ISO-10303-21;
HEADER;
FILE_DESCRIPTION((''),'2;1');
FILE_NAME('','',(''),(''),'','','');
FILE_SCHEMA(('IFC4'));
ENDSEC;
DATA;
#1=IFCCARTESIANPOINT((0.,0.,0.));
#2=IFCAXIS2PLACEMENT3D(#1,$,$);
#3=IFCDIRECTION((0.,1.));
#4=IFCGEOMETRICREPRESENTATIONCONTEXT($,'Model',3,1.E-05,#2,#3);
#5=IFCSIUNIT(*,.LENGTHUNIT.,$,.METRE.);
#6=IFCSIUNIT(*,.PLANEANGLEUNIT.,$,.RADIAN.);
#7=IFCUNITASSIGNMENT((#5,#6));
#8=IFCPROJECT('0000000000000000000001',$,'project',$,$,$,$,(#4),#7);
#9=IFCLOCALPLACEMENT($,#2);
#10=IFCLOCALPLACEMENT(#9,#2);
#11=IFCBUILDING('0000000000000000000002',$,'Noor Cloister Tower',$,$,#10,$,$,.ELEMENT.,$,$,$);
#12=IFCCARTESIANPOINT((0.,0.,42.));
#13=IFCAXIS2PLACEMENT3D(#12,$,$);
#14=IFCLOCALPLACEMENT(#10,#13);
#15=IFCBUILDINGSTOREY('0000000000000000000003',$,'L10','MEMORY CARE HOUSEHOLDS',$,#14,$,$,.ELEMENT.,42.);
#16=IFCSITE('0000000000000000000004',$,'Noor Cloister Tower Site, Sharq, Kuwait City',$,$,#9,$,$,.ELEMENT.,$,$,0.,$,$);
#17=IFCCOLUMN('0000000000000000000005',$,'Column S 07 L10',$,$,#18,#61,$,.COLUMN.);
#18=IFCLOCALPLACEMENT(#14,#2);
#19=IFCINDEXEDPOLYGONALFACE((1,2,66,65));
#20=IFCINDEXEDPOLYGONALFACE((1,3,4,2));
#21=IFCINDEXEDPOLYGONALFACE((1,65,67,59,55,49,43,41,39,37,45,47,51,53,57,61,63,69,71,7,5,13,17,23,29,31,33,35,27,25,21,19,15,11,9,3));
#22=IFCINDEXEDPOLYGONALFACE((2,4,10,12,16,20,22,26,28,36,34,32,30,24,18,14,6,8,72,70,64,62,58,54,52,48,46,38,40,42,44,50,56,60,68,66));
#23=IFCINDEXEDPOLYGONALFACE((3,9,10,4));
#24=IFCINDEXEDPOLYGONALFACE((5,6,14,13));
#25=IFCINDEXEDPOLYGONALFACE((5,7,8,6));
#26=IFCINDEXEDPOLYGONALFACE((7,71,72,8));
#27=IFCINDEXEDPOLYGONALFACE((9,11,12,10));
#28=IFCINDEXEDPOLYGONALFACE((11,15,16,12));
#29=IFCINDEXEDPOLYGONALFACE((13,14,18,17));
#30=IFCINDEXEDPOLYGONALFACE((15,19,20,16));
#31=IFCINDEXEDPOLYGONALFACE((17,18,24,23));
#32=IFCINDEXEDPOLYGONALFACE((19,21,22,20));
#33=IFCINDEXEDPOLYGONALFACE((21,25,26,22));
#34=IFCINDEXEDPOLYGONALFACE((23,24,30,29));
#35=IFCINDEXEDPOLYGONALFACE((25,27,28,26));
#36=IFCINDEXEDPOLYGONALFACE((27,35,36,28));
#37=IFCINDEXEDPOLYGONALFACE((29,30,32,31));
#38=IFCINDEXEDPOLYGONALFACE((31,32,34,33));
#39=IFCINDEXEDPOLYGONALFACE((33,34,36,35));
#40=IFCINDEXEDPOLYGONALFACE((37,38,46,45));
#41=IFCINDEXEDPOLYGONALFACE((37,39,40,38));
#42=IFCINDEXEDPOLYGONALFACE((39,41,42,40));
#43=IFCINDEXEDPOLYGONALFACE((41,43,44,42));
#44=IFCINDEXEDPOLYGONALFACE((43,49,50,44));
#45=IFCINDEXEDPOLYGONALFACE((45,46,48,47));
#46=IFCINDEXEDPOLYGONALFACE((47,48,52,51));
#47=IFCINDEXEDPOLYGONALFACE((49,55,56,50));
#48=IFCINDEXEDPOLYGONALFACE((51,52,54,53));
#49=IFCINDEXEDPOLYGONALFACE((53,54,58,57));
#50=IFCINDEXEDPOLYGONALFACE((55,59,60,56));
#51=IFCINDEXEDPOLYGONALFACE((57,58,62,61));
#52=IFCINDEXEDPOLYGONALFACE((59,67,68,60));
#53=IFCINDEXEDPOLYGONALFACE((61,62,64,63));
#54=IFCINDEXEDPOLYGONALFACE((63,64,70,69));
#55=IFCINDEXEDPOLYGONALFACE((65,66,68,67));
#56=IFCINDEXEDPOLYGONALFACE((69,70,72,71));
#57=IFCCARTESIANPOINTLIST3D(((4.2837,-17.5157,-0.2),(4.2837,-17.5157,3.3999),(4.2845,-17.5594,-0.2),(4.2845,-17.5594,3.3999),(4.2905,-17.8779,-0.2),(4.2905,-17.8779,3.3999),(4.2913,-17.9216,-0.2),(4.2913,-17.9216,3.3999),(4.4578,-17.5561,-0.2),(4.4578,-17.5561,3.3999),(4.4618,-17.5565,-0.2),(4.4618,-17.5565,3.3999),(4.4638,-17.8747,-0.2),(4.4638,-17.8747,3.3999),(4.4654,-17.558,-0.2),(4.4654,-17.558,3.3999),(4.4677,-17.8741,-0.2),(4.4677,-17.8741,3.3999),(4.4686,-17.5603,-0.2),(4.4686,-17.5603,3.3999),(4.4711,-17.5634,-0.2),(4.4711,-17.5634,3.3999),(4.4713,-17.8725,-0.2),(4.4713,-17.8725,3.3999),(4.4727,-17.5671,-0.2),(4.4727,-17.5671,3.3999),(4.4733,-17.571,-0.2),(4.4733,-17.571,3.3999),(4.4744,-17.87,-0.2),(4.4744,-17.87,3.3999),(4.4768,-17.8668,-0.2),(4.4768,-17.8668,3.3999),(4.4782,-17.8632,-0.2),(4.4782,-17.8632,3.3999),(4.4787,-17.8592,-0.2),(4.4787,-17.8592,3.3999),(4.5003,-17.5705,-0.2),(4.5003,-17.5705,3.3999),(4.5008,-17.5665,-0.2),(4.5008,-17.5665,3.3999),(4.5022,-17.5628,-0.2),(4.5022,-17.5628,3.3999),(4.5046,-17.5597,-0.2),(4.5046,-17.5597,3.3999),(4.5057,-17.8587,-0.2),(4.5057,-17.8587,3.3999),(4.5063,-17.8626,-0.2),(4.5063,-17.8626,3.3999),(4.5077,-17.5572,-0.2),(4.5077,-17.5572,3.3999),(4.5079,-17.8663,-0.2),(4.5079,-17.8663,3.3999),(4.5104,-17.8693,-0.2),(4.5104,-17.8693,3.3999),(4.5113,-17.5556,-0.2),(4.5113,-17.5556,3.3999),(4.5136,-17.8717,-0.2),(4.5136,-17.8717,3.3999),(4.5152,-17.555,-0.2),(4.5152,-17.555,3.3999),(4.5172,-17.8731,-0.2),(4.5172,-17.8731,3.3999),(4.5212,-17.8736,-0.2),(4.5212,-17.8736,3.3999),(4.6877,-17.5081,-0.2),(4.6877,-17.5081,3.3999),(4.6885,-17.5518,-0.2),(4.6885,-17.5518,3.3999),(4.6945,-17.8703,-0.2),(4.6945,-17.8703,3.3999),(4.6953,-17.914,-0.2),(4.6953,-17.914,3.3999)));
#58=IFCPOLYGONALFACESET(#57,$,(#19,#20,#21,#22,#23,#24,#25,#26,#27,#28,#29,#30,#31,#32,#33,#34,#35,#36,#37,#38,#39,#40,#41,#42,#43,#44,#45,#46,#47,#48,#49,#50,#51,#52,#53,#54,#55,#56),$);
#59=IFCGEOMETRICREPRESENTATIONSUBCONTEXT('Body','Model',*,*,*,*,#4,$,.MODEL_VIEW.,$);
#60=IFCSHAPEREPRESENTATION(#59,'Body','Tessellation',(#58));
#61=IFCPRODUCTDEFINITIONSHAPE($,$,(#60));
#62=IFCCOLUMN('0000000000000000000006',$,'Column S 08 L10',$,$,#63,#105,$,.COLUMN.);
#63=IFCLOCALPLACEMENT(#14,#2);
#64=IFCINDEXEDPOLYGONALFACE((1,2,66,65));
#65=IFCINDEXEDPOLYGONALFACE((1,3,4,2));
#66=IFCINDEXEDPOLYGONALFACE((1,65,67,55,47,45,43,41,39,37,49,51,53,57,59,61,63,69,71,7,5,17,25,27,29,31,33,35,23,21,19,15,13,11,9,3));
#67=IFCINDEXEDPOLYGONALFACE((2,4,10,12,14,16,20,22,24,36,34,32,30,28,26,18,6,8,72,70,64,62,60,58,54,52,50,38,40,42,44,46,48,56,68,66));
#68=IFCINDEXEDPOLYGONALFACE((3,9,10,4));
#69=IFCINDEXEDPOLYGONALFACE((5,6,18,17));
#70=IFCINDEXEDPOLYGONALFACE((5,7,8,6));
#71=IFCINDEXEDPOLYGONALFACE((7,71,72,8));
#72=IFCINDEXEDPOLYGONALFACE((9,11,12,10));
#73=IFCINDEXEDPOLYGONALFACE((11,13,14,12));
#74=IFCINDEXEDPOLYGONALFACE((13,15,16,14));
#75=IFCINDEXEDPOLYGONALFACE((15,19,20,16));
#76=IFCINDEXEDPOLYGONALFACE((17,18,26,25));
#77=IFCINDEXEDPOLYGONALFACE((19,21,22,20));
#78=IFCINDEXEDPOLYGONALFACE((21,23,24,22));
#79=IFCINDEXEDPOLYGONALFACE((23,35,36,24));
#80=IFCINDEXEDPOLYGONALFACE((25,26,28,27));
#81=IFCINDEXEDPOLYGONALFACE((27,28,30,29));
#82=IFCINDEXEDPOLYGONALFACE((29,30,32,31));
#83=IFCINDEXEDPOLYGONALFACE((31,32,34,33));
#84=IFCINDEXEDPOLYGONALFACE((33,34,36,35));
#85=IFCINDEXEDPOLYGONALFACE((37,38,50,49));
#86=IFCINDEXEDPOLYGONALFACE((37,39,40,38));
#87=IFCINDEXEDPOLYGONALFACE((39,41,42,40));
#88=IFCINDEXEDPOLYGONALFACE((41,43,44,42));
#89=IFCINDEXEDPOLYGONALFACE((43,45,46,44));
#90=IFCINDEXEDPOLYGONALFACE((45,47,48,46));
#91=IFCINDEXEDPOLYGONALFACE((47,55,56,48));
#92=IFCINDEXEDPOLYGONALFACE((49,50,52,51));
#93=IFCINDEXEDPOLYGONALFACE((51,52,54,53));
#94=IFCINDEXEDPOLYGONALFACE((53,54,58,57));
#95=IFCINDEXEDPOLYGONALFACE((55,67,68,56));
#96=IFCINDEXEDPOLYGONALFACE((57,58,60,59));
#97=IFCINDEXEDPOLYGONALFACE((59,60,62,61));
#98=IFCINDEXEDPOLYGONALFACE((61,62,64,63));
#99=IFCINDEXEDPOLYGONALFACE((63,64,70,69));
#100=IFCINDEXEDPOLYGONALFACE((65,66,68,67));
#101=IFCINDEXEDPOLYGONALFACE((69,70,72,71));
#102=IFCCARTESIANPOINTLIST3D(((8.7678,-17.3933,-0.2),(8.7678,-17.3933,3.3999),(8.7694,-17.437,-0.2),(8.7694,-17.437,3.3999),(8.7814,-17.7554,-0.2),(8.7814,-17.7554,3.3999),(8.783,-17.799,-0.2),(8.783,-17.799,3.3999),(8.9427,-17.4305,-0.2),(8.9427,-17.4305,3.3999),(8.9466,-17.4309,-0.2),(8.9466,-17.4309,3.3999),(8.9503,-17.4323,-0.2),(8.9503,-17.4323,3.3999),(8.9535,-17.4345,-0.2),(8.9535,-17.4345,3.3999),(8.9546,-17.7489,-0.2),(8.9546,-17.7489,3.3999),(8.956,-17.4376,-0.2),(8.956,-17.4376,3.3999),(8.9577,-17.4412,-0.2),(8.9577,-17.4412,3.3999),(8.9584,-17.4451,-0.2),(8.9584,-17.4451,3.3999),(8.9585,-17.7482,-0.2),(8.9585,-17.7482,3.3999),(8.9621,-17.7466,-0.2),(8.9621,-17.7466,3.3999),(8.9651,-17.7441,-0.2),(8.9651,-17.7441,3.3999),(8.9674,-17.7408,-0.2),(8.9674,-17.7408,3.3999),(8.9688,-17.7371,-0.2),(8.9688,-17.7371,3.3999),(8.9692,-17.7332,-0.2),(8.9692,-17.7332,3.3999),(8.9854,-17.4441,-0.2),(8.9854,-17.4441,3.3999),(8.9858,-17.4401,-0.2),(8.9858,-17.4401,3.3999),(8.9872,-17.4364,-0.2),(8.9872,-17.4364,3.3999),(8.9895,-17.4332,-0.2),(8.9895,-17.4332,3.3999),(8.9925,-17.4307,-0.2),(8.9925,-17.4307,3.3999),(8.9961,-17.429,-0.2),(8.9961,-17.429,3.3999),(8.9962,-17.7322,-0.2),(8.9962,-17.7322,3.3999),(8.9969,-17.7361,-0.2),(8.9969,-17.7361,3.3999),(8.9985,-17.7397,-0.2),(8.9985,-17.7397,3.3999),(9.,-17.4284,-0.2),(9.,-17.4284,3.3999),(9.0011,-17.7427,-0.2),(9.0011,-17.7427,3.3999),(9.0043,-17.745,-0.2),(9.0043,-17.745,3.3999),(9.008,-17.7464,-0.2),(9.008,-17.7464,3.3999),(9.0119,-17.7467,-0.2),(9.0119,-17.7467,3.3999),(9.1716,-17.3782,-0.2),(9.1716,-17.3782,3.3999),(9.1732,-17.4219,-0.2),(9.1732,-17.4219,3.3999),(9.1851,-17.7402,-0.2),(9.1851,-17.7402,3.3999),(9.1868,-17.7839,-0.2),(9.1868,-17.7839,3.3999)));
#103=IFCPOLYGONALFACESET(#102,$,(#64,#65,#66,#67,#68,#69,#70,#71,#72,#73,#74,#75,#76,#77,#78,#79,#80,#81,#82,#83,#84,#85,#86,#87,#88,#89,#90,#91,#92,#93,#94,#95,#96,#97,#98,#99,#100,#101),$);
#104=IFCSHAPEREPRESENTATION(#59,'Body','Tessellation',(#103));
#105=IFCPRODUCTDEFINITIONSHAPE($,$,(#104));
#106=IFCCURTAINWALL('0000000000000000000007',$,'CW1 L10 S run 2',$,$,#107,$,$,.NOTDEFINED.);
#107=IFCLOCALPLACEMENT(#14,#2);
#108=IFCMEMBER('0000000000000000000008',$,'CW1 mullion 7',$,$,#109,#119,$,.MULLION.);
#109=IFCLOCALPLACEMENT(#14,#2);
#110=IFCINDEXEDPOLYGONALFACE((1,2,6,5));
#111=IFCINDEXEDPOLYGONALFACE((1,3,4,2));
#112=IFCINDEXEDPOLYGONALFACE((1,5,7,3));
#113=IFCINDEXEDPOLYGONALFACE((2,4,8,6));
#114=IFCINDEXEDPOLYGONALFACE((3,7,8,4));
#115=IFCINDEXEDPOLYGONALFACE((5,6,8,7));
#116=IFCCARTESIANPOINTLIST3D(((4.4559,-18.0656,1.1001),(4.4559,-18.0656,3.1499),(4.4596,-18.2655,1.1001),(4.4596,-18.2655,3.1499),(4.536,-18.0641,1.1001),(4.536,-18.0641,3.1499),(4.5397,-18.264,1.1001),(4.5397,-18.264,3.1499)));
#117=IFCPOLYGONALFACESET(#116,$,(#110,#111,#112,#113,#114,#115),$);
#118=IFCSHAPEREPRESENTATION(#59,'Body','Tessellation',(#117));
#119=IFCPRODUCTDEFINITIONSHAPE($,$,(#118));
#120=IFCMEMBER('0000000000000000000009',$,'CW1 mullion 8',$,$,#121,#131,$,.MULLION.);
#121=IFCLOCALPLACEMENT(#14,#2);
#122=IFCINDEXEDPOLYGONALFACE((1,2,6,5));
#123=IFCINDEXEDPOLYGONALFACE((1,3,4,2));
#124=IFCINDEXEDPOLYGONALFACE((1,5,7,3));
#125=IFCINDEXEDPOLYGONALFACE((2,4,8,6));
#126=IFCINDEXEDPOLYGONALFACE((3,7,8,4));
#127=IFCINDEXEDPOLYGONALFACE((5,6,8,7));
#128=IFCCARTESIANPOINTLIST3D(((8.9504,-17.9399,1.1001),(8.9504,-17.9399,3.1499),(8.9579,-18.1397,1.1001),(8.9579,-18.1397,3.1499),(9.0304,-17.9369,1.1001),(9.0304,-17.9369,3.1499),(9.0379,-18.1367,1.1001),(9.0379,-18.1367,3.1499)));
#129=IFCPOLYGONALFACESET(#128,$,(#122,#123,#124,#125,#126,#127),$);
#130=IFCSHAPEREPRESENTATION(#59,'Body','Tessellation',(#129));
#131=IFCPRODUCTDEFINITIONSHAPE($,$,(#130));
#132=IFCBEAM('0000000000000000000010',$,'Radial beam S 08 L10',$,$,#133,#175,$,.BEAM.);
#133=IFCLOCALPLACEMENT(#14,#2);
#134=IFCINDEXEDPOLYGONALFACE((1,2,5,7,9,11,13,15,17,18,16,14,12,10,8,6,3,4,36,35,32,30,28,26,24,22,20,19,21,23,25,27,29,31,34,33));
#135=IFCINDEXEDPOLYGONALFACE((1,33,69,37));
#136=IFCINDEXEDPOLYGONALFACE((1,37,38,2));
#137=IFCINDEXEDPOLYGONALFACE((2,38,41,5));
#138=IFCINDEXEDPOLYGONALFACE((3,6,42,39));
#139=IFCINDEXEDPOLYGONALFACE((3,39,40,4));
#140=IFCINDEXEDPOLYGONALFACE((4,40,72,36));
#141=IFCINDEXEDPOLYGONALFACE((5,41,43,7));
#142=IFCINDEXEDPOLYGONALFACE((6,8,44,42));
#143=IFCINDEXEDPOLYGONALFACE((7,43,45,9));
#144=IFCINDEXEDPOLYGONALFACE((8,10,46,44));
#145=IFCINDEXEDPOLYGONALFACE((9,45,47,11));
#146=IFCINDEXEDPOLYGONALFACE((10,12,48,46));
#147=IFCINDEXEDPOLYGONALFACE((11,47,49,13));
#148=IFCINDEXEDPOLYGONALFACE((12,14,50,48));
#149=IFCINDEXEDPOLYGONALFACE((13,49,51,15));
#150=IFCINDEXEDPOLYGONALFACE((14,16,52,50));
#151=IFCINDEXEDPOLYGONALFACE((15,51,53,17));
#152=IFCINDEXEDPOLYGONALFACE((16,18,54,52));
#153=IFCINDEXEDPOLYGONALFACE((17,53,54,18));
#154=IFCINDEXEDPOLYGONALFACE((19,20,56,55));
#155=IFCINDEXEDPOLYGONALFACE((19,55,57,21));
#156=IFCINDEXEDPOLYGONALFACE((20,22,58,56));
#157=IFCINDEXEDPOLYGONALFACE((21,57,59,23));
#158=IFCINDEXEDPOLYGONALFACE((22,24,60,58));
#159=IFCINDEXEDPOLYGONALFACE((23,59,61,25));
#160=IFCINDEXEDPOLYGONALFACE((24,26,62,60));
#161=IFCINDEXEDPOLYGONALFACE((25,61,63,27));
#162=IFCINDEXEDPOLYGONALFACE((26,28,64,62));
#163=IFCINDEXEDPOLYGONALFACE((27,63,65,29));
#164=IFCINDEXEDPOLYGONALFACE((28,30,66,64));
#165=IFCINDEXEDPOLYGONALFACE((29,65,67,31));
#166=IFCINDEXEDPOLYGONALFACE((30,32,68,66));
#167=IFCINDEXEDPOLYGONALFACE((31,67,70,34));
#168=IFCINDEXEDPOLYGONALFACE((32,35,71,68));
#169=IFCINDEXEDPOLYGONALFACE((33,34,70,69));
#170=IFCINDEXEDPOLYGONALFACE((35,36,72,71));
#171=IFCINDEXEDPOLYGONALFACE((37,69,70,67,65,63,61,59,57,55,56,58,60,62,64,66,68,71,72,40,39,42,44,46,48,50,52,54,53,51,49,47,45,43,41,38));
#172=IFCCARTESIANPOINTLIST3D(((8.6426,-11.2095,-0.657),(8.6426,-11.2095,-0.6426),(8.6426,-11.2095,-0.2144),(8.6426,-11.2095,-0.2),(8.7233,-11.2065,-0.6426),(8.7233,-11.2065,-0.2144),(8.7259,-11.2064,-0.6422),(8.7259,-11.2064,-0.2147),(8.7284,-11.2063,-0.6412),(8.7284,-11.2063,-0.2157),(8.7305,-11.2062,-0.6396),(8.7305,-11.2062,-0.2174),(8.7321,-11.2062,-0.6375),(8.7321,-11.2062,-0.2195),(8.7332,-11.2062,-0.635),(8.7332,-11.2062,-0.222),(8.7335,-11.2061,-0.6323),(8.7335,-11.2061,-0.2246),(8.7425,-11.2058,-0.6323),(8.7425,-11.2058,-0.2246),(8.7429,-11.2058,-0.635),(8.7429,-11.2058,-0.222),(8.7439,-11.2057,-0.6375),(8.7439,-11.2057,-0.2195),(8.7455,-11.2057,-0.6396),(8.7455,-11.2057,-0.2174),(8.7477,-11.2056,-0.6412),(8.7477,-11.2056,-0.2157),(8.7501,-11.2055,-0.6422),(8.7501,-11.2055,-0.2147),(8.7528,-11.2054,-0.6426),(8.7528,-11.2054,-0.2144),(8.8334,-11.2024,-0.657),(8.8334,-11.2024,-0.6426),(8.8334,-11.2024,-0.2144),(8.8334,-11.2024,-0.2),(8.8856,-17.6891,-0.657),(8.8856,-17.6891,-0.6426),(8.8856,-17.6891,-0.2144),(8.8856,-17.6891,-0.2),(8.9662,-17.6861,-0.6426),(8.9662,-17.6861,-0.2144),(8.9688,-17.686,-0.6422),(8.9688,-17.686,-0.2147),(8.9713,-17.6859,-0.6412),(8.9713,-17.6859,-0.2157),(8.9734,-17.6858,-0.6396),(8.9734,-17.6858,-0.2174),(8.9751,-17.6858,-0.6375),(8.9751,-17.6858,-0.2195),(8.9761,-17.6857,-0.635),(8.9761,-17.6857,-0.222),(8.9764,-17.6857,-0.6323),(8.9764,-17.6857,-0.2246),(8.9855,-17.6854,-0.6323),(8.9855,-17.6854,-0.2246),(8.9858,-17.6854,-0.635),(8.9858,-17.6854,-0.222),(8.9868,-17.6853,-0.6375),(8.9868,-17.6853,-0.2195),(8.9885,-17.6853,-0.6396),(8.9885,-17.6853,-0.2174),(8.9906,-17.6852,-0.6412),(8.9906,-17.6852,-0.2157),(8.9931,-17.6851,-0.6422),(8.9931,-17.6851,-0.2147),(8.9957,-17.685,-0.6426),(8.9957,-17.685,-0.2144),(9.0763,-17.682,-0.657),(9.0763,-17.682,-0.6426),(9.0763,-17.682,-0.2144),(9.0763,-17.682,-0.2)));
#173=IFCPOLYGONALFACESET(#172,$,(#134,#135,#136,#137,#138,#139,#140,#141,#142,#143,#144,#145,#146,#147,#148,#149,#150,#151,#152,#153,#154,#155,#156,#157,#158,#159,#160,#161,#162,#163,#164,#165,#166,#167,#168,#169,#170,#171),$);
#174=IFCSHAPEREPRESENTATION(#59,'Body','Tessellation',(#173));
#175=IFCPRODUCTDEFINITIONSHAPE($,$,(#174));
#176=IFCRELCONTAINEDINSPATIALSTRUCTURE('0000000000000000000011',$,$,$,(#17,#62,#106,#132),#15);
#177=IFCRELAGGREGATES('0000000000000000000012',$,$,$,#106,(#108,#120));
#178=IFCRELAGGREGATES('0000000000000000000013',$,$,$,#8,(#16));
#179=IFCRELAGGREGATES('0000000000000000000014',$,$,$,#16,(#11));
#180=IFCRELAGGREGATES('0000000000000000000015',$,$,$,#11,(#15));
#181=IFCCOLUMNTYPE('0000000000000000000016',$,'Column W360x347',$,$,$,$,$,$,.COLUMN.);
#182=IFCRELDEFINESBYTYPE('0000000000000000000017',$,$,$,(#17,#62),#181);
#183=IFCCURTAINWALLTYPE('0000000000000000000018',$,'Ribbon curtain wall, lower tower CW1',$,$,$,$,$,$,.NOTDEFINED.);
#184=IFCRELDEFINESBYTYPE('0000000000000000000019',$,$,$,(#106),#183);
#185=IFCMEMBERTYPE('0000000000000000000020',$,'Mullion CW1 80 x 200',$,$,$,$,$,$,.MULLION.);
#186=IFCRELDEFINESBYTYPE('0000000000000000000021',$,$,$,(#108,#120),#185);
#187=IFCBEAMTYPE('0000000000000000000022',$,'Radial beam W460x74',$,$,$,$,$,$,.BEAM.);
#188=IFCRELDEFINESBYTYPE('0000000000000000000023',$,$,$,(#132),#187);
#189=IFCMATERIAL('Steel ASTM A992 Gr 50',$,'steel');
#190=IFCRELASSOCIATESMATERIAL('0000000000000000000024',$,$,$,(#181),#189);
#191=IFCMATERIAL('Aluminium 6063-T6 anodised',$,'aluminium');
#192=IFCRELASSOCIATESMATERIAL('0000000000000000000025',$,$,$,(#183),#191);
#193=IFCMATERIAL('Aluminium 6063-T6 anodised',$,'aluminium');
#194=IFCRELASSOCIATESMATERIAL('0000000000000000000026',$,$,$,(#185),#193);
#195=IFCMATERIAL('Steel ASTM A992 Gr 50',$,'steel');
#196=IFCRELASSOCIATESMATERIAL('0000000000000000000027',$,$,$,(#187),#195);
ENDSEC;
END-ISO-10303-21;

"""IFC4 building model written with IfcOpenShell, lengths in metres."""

from ifc_helpers import new_model, si_unit, direction, frame, origin, origin_2d, place, context, subcontext, project, spatial, rectangle, i_section, extrude, material, material_profile, profile_set, type_object, element, aggregate, save


model = new_model("IFC4")

# Units and contexts
model_context = context("Model", 3, precision=1e-05, world=origin(), true_north=direction((0.0, 1.0)))
body_context = subcontext(model_context, "Body", "Model", "MODEL_VIEW")
ifc_project = project(units=[si_unit("LENGTHUNIT", "METRE"), si_unit("PLANEANGLEUNIT", "RADIAN")], contexts=[model_context])

# Site, building, storey
site_placement = place(None, origin())
site = spatial("IfcSite", under=ifc_project, at=site_placement, Name="Noor Cloister Tower Site, Sharq, Kuwait City", CompositionType="ELEMENT", RefElevation=0.0)
building_placement = place(site_placement, origin())
building = spatial("IfcBuilding", under=site, at=building_placement, Name="Noor Cloister Tower", CompositionType="ELEMENT")
storey_placement = place(building_placement, frame((0.0, 0.0, 42.0)))
storey = spatial("IfcBuildingStorey", under=building, at=storey_placement, Name="L10", Description="MEMORY CARE HOUSEHOLDS", CompositionType="ELEMENT", Elevation=42.0)

# Columns
ifc_material_1 = material(Name="Steel ASTM A992 Gr 50", Category="steel")
ifc_material_profile_1 = material_profile(ifc_material_1, i_section(OverallWidth=0.4041, OverallDepth=0.406, WebThickness=0.0271, FlangeThickness=0.0437, FilletRadius=0.0151, at=origin_2d()), Name="W360x347")
ifc_profile_set_1 = profile_set([ifc_material_profile_1], Name="Steel ASTM A992 Gr 50")
column_type = type_object("IfcColumnType", Name="Column W360x347", PredefinedType="COLUMN", material=ifc_profile_set_1)
for number, where, z_axis, x_axis, name in (
    (1, (4.4895, -17.7148, -0.2), (0.0, 0.0, 1.0), (0.999825, 0.018726, 0.0), "Column S 07 L10"),
    (2, (8.9773, -17.5886, -0.2), (0.0, 0.0, 1.0), (0.999299, 0.037446, 0.0), "Column S 08 L10"),
):
    element("IfcColumn", number, at=place(storey_placement, frame(where, z_axis=z_axis, x_axis=x_axis)), inside=storey, type_object=column_type, Name=name, PredefinedType="COLUMN", context=body_context, shape_type="SweptSolid", body=[
        extrude(i_section(OverallWidth=0.4041, OverallDepth=0.406, WebThickness=0.0271, FlangeThickness=0.0437, FilletRadius=0.0151, at=origin_2d()), origin(), (0.0, 0.0, 1.0), 3.5999),
    ])

# Curtain wall, members
ifc_material_2 = material(Name="Aluminium 6063-T6 anodised", Category="aluminium")
curtain_wall_type = type_object("IfcCurtainWallType", Name="Ribbon curtain wall, lower tower CW1", PredefinedType="NOTDEFINED", material=ifc_material_2)
curtain_wall_placement = place(storey_placement, origin())
curtain_wall = element("IfcCurtainWall", 3, at=curtain_wall_placement, inside=storey, type_object=curtain_wall_type, Name="CW1 L10 S run 2", PredefinedType="NOTDEFINED")
ifc_material_3 = material(Name="Aluminium 6063-T6 anodised", Category="aluminium")
ifc_material_profile_2 = material_profile(ifc_material_3, rectangle(XDim=0.2, YDim=0.0801, at=origin_2d()), Name="200 x 80 mullion")
ifc_profile_set_2 = profile_set([ifc_material_profile_2], Name="Aluminium 6063-T6 anodised")
member_type = type_object("IfcMemberType", Name="Mullion CW1 80 x 200", PredefinedType="MULLION", material=ifc_profile_set_2)
member_1_placement = place(storey_placement, frame((4.4978, -18.1648, 1.1001), z_axis=(0.0, 0.0, 1.0), x_axis=(-0.018726, 0.999825, 0.0)))
member_1 = element("IfcMember", 4, at=member_1_placement, type_object=member_type, Name="CW1 mullion 7", PredefinedType="MULLION", context=body_context, shape_type="SweptSolid", body=[
    extrude(rectangle(XDim=0.2, YDim=0.0801, at=origin_2d()), origin(), (0.0, 0.0, 1.0), 2.0498),
])
member_2_placement = place(storey_placement, frame((8.9941, -18.0383, 1.1001), z_axis=(0.0, 0.0, 1.0), x_axis=(-0.037446, 0.999299, 0.0)))
member_2 = element("IfcMember", 5, at=member_2_placement, type_object=member_type, Name="CW1 mullion 8", PredefinedType="MULLION", context=body_context, shape_type="SweptSolid", body=[
    extrude(rectangle(XDim=0.2, YDim=0.0801, at=origin_2d()), origin(), (0.0, 0.0, 1.0), 2.0498),
])

# Beam
ifc_material_4 = material(Name="Steel ASTM A992 Gr 50", Category="steel")
ifc_material_profile_3 = material_profile(ifc_material_4, i_section(OverallWidth=0.1909, OverallDepth=0.457, WebThickness=0.009, FlangeThickness=0.0144, FilletRadius=0.0103, at=origin_2d()), Name="W460x74")
ifc_profile_set_3 = profile_set([ifc_material_profile_3], Name="Steel ASTM A992 Gr 50")
beam_type_1 = type_object("IfcBeamType", Name="Radial beam W460x74", PredefinedType="BEAM", material=ifc_profile_set_3)
beam_1_placement = place(storey_placement, frame((8.981, -17.6855, -0.4285), z_axis=(-0.037464, 0.999298, 0.0), x_axis=(-0.999298, -0.037464, 0.0)))
element("IfcBeam", 6, at=beam_1_placement, inside=storey, type_object=beam_type_1, Name="Radial beam S 08 L10", PredefinedType="BEAM", context=body_context, shape_type="SweptSolid", body=[
    extrude(i_section(OverallWidth=0.1909, OverallDepth=0.457, WebThickness=0.009, FlangeThickness=0.0144, FilletRadius=0.0103, at=origin_2d()), origin(), (0.0, 0.0, 1.0), 6.4841),
])

aggregate(curtain_wall, [member_1, member_2])

save(model, "model.ifc")
